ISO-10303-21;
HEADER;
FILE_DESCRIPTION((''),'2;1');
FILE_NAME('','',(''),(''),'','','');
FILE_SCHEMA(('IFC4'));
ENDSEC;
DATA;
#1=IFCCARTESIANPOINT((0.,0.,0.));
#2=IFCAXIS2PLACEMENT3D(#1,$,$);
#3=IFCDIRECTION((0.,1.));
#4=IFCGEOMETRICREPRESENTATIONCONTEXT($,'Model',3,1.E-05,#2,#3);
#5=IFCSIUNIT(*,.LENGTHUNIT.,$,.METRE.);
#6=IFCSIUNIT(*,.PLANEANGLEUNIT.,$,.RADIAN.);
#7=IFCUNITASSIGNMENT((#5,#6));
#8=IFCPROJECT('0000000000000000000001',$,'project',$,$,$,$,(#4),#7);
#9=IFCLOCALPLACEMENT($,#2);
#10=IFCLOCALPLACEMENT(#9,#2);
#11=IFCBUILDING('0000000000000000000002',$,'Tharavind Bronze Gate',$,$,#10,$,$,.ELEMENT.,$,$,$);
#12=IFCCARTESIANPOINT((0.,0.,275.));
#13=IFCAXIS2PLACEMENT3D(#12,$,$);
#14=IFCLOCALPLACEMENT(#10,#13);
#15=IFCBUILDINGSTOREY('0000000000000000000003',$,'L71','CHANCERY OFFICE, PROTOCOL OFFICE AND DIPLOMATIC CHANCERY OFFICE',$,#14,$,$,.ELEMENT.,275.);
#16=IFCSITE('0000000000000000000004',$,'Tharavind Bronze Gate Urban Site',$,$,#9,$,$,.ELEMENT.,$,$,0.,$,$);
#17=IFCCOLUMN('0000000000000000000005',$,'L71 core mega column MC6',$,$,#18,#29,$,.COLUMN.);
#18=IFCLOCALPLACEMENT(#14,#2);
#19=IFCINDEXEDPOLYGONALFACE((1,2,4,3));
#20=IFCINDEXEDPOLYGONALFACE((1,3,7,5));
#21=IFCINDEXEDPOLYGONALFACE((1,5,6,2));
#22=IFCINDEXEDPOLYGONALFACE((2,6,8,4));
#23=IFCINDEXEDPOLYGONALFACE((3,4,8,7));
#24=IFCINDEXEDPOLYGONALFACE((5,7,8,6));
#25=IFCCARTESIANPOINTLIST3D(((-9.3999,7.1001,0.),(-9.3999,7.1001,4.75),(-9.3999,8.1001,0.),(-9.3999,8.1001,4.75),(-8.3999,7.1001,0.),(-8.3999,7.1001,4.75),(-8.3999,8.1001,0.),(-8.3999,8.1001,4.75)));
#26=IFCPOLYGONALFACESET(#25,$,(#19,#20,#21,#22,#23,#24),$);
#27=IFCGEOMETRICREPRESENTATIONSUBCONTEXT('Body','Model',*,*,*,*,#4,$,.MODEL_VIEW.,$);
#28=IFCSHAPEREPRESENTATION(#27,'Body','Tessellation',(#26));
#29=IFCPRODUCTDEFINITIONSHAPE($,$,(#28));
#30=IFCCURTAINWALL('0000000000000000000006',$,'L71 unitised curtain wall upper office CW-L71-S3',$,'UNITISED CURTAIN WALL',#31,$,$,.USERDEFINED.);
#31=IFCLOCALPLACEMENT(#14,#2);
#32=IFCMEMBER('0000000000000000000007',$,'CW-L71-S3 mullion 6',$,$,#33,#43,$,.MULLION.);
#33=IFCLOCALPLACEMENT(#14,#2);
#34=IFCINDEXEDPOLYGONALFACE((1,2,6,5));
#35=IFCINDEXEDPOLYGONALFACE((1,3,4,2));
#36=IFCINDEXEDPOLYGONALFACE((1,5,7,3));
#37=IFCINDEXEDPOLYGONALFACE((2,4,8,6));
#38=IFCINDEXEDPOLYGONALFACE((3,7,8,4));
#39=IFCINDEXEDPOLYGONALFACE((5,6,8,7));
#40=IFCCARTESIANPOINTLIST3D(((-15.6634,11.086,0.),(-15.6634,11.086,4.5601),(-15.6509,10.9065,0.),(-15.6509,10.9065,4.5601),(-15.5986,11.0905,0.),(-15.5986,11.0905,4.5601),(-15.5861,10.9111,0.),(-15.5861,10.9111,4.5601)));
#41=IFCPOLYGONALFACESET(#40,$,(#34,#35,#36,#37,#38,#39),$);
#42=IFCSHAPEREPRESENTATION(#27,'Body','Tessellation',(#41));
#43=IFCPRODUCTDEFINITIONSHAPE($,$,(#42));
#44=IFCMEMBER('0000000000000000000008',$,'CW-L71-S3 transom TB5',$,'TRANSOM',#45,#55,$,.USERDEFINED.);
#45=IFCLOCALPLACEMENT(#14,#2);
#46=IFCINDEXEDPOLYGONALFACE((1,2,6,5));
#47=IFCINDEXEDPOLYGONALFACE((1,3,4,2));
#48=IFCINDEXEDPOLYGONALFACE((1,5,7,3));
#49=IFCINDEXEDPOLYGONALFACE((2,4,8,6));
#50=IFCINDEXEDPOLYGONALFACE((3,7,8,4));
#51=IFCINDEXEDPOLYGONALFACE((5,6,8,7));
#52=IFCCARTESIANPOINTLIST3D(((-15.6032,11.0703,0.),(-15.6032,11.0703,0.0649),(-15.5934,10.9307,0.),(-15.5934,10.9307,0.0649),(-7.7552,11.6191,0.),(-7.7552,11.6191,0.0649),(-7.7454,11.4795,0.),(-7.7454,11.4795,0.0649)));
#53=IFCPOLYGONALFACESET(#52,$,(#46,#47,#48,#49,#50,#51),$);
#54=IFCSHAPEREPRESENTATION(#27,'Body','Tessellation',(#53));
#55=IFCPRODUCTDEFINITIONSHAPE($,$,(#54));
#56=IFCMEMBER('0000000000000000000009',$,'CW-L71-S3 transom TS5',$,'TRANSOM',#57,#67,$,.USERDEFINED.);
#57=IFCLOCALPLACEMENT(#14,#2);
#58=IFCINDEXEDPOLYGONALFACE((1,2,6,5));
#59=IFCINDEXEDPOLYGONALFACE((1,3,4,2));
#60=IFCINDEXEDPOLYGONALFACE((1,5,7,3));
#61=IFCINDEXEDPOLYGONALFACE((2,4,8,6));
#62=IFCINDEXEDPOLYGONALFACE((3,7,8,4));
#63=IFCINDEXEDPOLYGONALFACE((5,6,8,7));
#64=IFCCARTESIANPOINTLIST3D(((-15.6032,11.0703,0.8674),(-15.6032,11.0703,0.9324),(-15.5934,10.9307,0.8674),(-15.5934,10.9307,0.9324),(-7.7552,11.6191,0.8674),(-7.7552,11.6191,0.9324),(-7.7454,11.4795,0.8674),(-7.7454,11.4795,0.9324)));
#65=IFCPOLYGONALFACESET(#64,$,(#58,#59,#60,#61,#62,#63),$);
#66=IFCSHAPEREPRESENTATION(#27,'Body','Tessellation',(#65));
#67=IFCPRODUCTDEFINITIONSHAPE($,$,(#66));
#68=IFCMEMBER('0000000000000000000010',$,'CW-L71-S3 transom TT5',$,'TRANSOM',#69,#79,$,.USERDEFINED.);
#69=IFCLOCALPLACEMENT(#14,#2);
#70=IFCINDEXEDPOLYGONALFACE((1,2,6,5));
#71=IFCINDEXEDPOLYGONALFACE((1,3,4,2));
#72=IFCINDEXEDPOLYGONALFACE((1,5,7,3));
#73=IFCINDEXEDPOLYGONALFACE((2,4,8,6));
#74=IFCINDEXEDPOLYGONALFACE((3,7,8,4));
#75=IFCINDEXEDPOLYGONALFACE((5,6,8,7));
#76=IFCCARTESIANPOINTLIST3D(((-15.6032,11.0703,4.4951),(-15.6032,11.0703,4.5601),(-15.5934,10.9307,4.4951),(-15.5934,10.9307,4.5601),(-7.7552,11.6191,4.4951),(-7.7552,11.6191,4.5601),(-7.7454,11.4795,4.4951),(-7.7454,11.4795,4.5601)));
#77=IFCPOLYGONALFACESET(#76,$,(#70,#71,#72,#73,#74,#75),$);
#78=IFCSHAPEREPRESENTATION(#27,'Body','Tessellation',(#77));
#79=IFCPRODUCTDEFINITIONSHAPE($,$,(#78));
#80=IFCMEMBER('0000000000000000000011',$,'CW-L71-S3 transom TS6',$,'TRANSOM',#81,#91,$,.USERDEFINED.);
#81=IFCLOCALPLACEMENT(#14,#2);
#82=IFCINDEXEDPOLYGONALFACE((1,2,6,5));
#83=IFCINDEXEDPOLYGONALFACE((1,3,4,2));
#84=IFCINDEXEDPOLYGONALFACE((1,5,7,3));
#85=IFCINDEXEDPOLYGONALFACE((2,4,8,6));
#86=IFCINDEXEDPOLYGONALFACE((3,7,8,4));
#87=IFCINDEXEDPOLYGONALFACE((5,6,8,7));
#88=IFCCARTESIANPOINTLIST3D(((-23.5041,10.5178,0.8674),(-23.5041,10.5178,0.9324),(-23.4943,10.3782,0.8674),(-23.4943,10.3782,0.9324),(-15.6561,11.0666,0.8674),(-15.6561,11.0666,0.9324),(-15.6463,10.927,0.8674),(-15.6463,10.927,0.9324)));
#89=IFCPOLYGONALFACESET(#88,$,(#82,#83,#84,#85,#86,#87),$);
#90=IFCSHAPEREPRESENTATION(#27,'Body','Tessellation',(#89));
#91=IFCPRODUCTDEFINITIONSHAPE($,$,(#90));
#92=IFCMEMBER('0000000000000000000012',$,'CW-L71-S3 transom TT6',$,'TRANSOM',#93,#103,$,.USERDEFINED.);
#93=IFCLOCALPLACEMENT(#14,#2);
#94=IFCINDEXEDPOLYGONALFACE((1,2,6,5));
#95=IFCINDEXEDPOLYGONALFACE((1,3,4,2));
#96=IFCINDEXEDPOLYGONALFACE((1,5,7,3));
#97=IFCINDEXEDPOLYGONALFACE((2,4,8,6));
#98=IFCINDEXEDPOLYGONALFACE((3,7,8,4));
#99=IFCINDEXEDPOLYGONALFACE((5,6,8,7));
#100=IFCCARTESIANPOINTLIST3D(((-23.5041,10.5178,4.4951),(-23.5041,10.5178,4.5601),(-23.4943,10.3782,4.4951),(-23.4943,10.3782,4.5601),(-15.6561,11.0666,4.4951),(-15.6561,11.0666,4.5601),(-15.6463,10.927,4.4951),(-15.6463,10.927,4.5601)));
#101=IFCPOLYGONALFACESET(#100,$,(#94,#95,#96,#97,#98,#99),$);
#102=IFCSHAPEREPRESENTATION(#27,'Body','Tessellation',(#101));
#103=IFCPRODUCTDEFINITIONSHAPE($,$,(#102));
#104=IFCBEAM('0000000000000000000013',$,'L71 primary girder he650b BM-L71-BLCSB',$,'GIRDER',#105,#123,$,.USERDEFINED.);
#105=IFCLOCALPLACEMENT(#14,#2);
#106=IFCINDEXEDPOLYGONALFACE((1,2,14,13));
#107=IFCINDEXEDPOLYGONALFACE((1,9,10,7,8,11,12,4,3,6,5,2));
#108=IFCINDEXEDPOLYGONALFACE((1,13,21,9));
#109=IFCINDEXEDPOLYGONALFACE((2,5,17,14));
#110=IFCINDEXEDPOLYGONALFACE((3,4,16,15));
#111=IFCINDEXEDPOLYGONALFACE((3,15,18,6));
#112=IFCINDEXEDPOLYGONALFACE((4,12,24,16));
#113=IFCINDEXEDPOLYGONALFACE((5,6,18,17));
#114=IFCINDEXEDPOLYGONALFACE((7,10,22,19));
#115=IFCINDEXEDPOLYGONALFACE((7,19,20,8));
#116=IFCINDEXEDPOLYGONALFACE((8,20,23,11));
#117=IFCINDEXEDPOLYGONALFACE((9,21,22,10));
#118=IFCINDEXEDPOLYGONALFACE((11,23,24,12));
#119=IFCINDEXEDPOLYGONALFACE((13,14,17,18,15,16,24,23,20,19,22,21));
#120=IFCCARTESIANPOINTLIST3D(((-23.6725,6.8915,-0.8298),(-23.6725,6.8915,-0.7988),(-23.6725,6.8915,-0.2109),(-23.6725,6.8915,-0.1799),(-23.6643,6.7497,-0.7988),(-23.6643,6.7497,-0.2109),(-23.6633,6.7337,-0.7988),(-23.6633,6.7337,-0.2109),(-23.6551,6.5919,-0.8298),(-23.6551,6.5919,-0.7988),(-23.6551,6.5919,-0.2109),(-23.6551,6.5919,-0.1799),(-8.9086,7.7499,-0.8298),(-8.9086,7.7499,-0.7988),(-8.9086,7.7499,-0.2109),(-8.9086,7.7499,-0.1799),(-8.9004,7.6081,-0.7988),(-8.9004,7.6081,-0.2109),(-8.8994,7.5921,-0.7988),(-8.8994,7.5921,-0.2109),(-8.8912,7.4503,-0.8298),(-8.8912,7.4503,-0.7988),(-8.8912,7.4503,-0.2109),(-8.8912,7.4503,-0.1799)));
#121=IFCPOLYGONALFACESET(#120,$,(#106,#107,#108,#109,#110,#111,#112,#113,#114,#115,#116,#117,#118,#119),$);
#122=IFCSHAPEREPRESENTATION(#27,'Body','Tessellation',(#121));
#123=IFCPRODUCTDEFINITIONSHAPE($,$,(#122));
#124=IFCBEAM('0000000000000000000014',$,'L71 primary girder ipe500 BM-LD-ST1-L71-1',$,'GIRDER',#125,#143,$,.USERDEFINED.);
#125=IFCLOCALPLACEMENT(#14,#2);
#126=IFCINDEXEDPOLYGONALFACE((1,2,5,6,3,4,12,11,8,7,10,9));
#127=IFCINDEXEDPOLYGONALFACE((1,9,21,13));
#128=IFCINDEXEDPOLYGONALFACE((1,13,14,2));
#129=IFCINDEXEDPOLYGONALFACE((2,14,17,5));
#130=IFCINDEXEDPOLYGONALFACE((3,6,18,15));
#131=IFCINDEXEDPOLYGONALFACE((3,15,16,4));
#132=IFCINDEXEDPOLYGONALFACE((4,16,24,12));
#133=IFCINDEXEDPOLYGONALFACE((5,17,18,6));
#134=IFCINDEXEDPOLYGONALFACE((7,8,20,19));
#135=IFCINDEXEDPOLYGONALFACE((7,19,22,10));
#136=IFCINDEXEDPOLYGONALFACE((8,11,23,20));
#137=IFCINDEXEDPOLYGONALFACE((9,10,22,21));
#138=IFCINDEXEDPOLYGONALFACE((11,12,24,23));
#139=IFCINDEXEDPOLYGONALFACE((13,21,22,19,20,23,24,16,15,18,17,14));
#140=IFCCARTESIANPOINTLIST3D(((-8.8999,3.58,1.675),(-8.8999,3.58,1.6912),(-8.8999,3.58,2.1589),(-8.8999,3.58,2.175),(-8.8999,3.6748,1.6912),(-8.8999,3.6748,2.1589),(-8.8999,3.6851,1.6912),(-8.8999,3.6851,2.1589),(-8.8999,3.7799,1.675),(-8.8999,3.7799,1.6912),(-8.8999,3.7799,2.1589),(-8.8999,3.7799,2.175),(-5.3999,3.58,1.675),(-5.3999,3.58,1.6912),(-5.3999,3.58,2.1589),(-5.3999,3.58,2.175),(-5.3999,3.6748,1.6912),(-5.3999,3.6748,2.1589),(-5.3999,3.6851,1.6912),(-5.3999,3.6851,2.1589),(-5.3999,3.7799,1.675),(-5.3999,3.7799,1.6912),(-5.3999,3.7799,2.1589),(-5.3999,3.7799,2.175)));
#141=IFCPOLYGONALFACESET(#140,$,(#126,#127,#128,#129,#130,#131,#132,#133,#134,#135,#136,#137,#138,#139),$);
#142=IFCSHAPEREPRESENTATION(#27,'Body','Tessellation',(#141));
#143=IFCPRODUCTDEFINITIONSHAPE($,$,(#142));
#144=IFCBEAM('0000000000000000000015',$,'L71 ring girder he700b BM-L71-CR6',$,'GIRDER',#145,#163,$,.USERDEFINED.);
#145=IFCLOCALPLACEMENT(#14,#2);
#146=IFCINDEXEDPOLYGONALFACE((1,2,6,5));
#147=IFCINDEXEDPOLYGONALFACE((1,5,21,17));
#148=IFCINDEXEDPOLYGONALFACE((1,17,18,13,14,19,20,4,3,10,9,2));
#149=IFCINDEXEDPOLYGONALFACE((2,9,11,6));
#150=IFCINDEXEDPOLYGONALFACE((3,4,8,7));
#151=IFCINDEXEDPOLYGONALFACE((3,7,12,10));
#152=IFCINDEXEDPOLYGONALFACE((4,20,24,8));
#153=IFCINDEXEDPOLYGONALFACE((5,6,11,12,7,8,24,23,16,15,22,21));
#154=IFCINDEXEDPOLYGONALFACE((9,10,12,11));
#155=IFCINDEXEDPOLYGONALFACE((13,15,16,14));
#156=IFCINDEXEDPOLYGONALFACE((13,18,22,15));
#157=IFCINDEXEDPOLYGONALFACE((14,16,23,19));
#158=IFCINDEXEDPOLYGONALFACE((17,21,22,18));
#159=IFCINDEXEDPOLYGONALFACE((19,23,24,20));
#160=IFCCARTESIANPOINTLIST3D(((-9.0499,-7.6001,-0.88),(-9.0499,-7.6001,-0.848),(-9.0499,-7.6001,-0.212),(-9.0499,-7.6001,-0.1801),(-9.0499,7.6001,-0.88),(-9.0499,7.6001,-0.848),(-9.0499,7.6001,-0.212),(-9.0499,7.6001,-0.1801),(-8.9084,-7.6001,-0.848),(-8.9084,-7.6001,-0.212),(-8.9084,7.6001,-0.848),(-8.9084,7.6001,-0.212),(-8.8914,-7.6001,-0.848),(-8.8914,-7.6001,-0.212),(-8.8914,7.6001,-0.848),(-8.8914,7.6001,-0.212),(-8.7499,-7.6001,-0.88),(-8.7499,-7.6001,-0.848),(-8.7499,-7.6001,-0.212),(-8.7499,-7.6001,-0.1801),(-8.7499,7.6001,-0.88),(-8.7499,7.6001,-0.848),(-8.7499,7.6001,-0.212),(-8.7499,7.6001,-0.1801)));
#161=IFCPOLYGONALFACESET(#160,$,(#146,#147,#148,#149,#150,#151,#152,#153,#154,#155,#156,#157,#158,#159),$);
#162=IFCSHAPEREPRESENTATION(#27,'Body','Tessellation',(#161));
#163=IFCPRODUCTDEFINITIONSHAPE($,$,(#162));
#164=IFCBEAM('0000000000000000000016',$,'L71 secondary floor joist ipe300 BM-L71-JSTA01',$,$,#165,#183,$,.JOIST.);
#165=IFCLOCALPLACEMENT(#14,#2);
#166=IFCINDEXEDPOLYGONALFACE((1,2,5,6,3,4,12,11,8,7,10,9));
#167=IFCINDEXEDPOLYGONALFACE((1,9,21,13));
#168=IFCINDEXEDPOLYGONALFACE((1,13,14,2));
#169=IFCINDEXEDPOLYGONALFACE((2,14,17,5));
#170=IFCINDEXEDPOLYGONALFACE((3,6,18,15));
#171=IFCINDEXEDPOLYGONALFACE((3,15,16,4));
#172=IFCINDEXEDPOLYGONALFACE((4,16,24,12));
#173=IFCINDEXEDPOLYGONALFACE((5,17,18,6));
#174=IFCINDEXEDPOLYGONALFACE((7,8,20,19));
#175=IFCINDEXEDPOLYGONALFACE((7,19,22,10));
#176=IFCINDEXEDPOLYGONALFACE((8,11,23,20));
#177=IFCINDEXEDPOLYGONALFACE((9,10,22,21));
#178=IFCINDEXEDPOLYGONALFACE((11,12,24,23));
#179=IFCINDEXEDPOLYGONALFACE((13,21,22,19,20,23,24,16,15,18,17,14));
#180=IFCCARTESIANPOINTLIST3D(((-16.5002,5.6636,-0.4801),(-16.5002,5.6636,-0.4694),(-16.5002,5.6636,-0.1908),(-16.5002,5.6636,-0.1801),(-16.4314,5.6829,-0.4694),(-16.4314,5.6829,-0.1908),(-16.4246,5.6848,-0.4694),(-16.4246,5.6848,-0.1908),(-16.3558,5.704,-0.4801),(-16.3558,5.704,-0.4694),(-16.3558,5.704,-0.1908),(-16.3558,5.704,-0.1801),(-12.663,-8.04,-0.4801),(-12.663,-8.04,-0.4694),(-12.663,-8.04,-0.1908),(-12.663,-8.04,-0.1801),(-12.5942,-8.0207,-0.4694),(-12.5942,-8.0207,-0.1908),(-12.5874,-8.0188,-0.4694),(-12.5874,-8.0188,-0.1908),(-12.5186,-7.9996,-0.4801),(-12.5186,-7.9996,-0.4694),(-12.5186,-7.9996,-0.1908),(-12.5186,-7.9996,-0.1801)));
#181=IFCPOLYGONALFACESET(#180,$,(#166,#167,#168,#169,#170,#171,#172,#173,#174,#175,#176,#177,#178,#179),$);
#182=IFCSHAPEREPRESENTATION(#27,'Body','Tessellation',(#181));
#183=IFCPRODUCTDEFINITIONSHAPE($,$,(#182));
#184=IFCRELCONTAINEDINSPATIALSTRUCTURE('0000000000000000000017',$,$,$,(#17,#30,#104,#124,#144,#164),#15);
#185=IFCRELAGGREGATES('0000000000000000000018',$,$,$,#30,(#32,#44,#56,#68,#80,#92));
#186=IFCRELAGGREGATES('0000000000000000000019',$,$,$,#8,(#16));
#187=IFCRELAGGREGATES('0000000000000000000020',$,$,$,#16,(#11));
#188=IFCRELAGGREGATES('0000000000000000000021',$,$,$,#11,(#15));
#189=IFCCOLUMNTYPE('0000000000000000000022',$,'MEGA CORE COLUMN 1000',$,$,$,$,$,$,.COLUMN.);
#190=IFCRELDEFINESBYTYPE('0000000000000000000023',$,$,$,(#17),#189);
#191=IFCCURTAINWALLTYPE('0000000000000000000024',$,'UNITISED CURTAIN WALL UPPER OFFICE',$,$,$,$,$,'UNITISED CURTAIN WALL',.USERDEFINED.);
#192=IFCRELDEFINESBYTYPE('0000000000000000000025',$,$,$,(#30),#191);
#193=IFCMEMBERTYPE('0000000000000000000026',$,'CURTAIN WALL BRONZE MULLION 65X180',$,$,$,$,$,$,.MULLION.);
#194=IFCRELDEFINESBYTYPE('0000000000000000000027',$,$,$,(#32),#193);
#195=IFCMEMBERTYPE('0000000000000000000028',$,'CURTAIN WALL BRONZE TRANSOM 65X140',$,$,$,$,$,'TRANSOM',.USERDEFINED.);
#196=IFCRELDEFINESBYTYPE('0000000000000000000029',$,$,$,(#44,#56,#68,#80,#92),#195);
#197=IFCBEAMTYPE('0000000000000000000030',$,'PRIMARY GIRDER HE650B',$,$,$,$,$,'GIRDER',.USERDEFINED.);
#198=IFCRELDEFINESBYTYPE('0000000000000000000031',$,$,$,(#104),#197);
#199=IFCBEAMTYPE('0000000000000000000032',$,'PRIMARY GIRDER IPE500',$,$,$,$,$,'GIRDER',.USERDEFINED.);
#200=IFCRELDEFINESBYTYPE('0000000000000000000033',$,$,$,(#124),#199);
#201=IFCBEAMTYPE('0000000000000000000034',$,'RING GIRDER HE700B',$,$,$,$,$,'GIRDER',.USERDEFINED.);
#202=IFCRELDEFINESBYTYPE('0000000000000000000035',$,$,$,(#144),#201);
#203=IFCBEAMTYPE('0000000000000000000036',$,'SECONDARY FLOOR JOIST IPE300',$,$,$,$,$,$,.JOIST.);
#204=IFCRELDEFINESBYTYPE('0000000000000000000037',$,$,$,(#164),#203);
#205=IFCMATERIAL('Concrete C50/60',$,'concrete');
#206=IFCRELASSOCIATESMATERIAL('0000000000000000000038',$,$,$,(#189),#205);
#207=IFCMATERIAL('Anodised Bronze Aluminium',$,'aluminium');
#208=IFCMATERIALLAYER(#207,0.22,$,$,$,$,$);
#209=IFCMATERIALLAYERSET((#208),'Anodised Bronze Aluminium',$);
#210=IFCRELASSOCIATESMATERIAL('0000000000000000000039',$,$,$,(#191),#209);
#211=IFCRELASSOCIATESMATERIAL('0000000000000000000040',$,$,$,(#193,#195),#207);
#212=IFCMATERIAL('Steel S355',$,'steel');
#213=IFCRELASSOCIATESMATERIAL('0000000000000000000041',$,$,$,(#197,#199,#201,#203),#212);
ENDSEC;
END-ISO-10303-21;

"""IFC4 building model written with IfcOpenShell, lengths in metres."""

from ifc_helpers import new_model, si_unit, direction, frame, origin, origin_2d, place, context, subcontext, project, spatial, rectangle, i_section, extrude, material, layer, layer_set, material_profile, profile_set, type_object, element, aggregate, save


model = new_model("IFC4")

# Units and contexts
model_context = context("Model", 3, precision=1e-05, world=origin(), true_north=direction((0.0, 1.0)))
body_context = subcontext(model_context, "Body", "Model", "MODEL_VIEW")
ifc_project = project(units=[si_unit("LENGTHUNIT", "METRE"), si_unit("PLANEANGLEUNIT", "RADIAN")], contexts=[model_context])

# Site, building, storey
site_placement = place(None, origin())
site = spatial("IfcSite", under=ifc_project, at=site_placement, Name="Tharavind Bronze Gate Urban Site", CompositionType="ELEMENT", RefElevation=0.0)
building_placement = place(site_placement, origin())
building = spatial("IfcBuilding", under=site, at=building_placement, Name="Tharavind Bronze Gate", CompositionType="ELEMENT")
storey_placement = place(building_placement, frame((0.0, 0.0, 275.0)))
storey = spatial("IfcBuildingStorey", under=building, at=storey_placement, Name="L71", Description="CHANCERY OFFICE, PROTOCOL OFFICE AND DIPLOMATIC CHANCERY OFFICE", CompositionType="ELEMENT", Elevation=275.0)

# Column
ifc_material_1 = material(Name="Concrete C50/60", Category="concrete")
ifc_material_profile_1 = material_profile(ifc_material_1, rectangle(XDim=1.0, YDim=1.0, at=origin_2d()), Name="RCCOL1000")
ifc_profile_set_1 = profile_set([ifc_material_profile_1], Name="Concrete C50/60")
column_type = type_object("IfcColumnType", Name="MEGA CORE COLUMN 1000", PredefinedType="COLUMN", material=ifc_profile_set_1)
column_placement = place(storey_placement, frame((-8.8999, 7.6001, 0.0), z_axis=(0.0, 0.0, 1.0), x_axis=(1.0, 0.0, 0.0)))
element("IfcColumn", 1, at=column_placement, inside=storey, type_object=column_type, Name="L71 core mega column MC6", PredefinedType="COLUMN", context=body_context, shape_type="SweptSolid", body=[
    extrude(rectangle(XDim=1.0, YDim=1.0, at=origin_2d()), origin(), (0.0, 0.0, 1.0), 4.75),
])

# Curtain wall, members
ifc_material_2 = material(Name="Anodised Bronze Aluminium", Category="aluminium")
ifc_layer_1 = layer(ifc_material_2, 0.22)
ifc_layer_set_1 = layer_set([ifc_layer_1], Name="Anodised Bronze Aluminium")
curtain_wall_type = type_object("IfcCurtainWallType", Name="UNITISED CURTAIN WALL UPPER OFFICE", ElementType="UNITISED CURTAIN WALL", PredefinedType="USERDEFINED", material=ifc_layer_set_1)
curtain_wall_placement = place(storey_placement, origin())
curtain_wall = element("IfcCurtainWall", 2, at=curtain_wall_placement, inside=storey, type_object=curtain_wall_type, Name="L71 unitised curtain wall upper office CW-L71-S3", ObjectType="UNITISED CURTAIN WALL", PredefinedType="USERDEFINED")
member_type_1 = type_object("IfcMemberType", Name="CURTAIN WALL BRONZE MULLION 65X180", PredefinedType="MULLION", material=ifc_material_2)
member_1_placement = place(storey_placement, frame((-15.6248, 10.9985, 0.0), z_axis=(0.0, 0.0, 1.0), x_axis=(-0.997564, -0.06976, 0.0)))
member_1 = element("IfcMember", 3, at=member_1_placement, type_object=member_type_1, Name="CW-L71-S3 mullion 6", PredefinedType="MULLION", context=body_context, shape_type="SweptSolid", body=[
    extrude(rectangle(XDim=0.0649, YDim=0.1799, at=origin_2d()), origin(), (0.0, 0.0, 1.0), 4.5601),
])
member_type_2 = type_object("IfcMemberType", Name="CURTAIN WALL BRONZE TRANSOM 65X140", ElementType="TRANSOM", PredefinedType="USERDEFINED", material=ifc_material_2)
member_2_placement = place(storey_placement, frame((-11.6743, 11.2749, 0.0), z_axis=(0.0, 0.0, 1.0), x_axis=(-0.997564, -0.06976, 0.0)))
member_2 = element("IfcMember", 4, at=member_2_placement, type_object=member_type_2, Name="CW-L71-S3 transom TB5", ObjectType="TRANSOM", PredefinedType="USERDEFINED", context=body_context, shape_type="SweptSolid", body=[
    extrude(rectangle(XDim=7.8672, YDim=0.1399, at=origin_2d()), origin(), (0.0, 0.0, 1.0), 0.0649),
])
member_3_placement = place(storey_placement, frame((-11.6743, 11.2749, 0.8674), z_axis=(0.0, 0.0, 1.0), x_axis=(-0.997564, -0.06976, 0.0)))
member_3 = element("IfcMember", 5, at=member_3_placement, type_object=member_type_2, Name="CW-L71-S3 transom TS5", ObjectType="TRANSOM", PredefinedType="USERDEFINED", context=body_context, shape_type="SweptSolid", body=[
    extrude(rectangle(XDim=7.8672, YDim=0.1399, at=origin_2d()), origin(), (0.0, 0.0, 1.0), 0.0649),
])
member_4_placement = place(storey_placement, frame((-11.6743, 11.2749, 4.4951), z_axis=(0.0, 0.0, 1.0), x_axis=(-0.997564, -0.06976, 0.0)))
member_4 = element("IfcMember", 6, at=member_4_placement, type_object=member_type_2, Name="CW-L71-S3 transom TT5", ObjectType="TRANSOM", PredefinedType="USERDEFINED", context=body_context, shape_type="SweptSolid", body=[
    extrude(rectangle(XDim=7.8672, YDim=0.1399, at=origin_2d()), origin(), (0.0, 0.0, 1.0), 0.0649),
])
member_5_placement = place(storey_placement, frame((-19.5752, 10.7224, 0.8674), z_axis=(0.0, 0.0, 1.0), x_axis=(-0.997564, -0.06976, 0.0)))
member_5 = element("IfcMember", 7, at=member_5_placement, type_object=member_type_2, Name="CW-L71-S3 transom TS6", ObjectType="TRANSOM", PredefinedType="USERDEFINED", context=body_context, shape_type="SweptSolid", body=[
    extrude(rectangle(XDim=7.8672, YDim=0.1399, at=origin_2d()), origin(), (0.0, 0.0, 1.0), 0.0649),
])
member_6_placement = place(storey_placement, frame((-19.5752, 10.7224, 4.4951), z_axis=(0.0, 0.0, 1.0), x_axis=(-0.997564, -0.06976, 0.0)))
member_6 = element("IfcMember", 8, at=member_6_placement, type_object=member_type_2, Name="CW-L71-S3 transom TT6", ObjectType="TRANSOM", PredefinedType="USERDEFINED", context=body_context, shape_type="SweptSolid", body=[
    extrude(rectangle(XDim=7.8672, YDim=0.1399, at=origin_2d()), origin(), (0.0, 0.0, 1.0), 0.0649),
])

# Beams
ifc_material_3 = material(Name="Steel S355", Category="steel")
ifc_material_profile_2 = material_profile(ifc_material_3, i_section(OverallWidth=0.3, OverallDepth=0.6499, WebThickness=0.0161, FlangeThickness=0.031, at=origin_2d()), Name="HE650B")
ifc_profile_set_2 = profile_set([ifc_material_profile_2], Name="Steel S355")
beam_type_1 = type_object("IfcBeamType", Name="PRIMARY GIRDER HE650B", ElementType="GIRDER", PredefinedType="USERDEFINED", material=ifc_profile_set_2)
beam_1_placement = place(storey_placement, frame((-8.8999, 7.6001, -0.5049), z_axis=(-0.998314, -0.058044, 0.0), x_axis=(0.058044, -0.998314, 0.0)))
element("IfcBeam", 9, at=beam_1_placement, inside=storey, type_object=beam_type_1, Name="L71 primary girder he650b BM-L71-BLCSB", ObjectType="GIRDER", PredefinedType="USERDEFINED", context=body_context, shape_type="SweptSolid", body=[
    extrude(i_section(OverallWidth=0.3, OverallDepth=0.6499, WebThickness=0.0161, FlangeThickness=0.031, at=origin_2d()), origin(), (0.0, 0.0, 1.0), 14.7888),
])
ifc_material_profile_3 = material_profile(ifc_material_3, i_section(OverallWidth=0.2, OverallDepth=0.5, WebThickness=0.0103, FlangeThickness=0.0161, at=origin_2d()), Name="IPE500")
ifc_profile_set_3 = profile_set([ifc_material_profile_3], Name="Steel S355")
beam_type_2 = type_object("IfcBeamType", Name="PRIMARY GIRDER IPE500", ElementType="GIRDER", PredefinedType="USERDEFINED", material=ifc_profile_set_3)
beam_2_placement = place(storey_placement, frame((-8.8999, 3.6799, 1.925), z_axis=(1.0, 0.0, 0.0), x_axis=(0.0, 1.0, 0.0)))
element("IfcBeam", 10, at=beam_2_placement, inside=storey, type_object=beam_type_2, Name="L71 primary girder ipe500 BM-LD-ST1-L71-1", ObjectType="GIRDER", PredefinedType="USERDEFINED", context=body_context, shape_type="SweptSolid", body=[
    extrude(i_section(OverallWidth=0.2, OverallDepth=0.5, WebThickness=0.0103, FlangeThickness=0.0161, at=origin_2d()), origin(), (0.0, 0.0, 1.0), 3.5),
])
ifc_material_profile_4 = material_profile(ifc_material_3, i_section(OverallWidth=0.3, OverallDepth=0.7, WebThickness=0.0171, FlangeThickness=0.032, at=origin_2d()), Name="HE700B")
ifc_profile_set_4 = profile_set([ifc_material_profile_4], Name="Steel S355")
beam_type_3 = type_object("IfcBeamType", Name="RING GIRDER HE700B", ElementType="GIRDER", PredefinedType="USERDEFINED", material=ifc_profile_set_4)
beam_3_placement = place(storey_placement, frame((-8.8999, 7.6001, -0.53), z_axis=(0.0, -1.0, 0.0), x_axis=(1.0, 0.0, 0.0)))
element("IfcBeam", 11, at=beam_3_placement, inside=storey, type_object=beam_type_3, Name="L71 ring girder he700b BM-L71-CR6", ObjectType="GIRDER", PredefinedType="USERDEFINED", context=body_context, shape_type="SweptSolid", body=[
    extrude(i_section(OverallWidth=0.3, OverallDepth=0.7, WebThickness=0.0171, FlangeThickness=0.032, at=origin_2d()), origin(), (0.0, 0.0, 1.0), 15.2002),
])
ifc_material_profile_5 = material_profile(ifc_material_3, i_section(OverallWidth=0.1499, OverallDepth=0.3, WebThickness=0.0071, FlangeThickness=0.0107, at=origin_2d()), Name="IPE300")
ifc_profile_set_5 = profile_set([ifc_material_profile_5], Name="Steel S355")
beam_type_4 = type_object("IfcBeamType", Name="SECONDARY FLOOR JOIST IPE300", PredefinedType="JOIST", material=ifc_profile_set_5)
beam_4_placement = place(storey_placement, frame((-16.428, 5.6838, -0.3301), z_axis=(0.269639, -0.962961, 0.0), x_axis=(0.962961, 0.269639, 0.0)))
element("IfcBeam", 12, at=beam_4_placement, inside=storey, type_object=beam_type_4, Name="L71 secondary floor joist ipe300 BM-L71-JSTA01", PredefinedType="JOIST", context=body_context, shape_type="SweptSolid", body=[
    extrude(i_section(OverallWidth=0.1499, OverallDepth=0.3, WebThickness=0.0071, FlangeThickness=0.0107, at=origin_2d()), origin(), (0.0, 0.0, 1.0), 14.2307),
])

aggregate(curtain_wall, [member_1, member_2, member_3, member_4, member_5, member_6])

save(model, "model.ifc")
